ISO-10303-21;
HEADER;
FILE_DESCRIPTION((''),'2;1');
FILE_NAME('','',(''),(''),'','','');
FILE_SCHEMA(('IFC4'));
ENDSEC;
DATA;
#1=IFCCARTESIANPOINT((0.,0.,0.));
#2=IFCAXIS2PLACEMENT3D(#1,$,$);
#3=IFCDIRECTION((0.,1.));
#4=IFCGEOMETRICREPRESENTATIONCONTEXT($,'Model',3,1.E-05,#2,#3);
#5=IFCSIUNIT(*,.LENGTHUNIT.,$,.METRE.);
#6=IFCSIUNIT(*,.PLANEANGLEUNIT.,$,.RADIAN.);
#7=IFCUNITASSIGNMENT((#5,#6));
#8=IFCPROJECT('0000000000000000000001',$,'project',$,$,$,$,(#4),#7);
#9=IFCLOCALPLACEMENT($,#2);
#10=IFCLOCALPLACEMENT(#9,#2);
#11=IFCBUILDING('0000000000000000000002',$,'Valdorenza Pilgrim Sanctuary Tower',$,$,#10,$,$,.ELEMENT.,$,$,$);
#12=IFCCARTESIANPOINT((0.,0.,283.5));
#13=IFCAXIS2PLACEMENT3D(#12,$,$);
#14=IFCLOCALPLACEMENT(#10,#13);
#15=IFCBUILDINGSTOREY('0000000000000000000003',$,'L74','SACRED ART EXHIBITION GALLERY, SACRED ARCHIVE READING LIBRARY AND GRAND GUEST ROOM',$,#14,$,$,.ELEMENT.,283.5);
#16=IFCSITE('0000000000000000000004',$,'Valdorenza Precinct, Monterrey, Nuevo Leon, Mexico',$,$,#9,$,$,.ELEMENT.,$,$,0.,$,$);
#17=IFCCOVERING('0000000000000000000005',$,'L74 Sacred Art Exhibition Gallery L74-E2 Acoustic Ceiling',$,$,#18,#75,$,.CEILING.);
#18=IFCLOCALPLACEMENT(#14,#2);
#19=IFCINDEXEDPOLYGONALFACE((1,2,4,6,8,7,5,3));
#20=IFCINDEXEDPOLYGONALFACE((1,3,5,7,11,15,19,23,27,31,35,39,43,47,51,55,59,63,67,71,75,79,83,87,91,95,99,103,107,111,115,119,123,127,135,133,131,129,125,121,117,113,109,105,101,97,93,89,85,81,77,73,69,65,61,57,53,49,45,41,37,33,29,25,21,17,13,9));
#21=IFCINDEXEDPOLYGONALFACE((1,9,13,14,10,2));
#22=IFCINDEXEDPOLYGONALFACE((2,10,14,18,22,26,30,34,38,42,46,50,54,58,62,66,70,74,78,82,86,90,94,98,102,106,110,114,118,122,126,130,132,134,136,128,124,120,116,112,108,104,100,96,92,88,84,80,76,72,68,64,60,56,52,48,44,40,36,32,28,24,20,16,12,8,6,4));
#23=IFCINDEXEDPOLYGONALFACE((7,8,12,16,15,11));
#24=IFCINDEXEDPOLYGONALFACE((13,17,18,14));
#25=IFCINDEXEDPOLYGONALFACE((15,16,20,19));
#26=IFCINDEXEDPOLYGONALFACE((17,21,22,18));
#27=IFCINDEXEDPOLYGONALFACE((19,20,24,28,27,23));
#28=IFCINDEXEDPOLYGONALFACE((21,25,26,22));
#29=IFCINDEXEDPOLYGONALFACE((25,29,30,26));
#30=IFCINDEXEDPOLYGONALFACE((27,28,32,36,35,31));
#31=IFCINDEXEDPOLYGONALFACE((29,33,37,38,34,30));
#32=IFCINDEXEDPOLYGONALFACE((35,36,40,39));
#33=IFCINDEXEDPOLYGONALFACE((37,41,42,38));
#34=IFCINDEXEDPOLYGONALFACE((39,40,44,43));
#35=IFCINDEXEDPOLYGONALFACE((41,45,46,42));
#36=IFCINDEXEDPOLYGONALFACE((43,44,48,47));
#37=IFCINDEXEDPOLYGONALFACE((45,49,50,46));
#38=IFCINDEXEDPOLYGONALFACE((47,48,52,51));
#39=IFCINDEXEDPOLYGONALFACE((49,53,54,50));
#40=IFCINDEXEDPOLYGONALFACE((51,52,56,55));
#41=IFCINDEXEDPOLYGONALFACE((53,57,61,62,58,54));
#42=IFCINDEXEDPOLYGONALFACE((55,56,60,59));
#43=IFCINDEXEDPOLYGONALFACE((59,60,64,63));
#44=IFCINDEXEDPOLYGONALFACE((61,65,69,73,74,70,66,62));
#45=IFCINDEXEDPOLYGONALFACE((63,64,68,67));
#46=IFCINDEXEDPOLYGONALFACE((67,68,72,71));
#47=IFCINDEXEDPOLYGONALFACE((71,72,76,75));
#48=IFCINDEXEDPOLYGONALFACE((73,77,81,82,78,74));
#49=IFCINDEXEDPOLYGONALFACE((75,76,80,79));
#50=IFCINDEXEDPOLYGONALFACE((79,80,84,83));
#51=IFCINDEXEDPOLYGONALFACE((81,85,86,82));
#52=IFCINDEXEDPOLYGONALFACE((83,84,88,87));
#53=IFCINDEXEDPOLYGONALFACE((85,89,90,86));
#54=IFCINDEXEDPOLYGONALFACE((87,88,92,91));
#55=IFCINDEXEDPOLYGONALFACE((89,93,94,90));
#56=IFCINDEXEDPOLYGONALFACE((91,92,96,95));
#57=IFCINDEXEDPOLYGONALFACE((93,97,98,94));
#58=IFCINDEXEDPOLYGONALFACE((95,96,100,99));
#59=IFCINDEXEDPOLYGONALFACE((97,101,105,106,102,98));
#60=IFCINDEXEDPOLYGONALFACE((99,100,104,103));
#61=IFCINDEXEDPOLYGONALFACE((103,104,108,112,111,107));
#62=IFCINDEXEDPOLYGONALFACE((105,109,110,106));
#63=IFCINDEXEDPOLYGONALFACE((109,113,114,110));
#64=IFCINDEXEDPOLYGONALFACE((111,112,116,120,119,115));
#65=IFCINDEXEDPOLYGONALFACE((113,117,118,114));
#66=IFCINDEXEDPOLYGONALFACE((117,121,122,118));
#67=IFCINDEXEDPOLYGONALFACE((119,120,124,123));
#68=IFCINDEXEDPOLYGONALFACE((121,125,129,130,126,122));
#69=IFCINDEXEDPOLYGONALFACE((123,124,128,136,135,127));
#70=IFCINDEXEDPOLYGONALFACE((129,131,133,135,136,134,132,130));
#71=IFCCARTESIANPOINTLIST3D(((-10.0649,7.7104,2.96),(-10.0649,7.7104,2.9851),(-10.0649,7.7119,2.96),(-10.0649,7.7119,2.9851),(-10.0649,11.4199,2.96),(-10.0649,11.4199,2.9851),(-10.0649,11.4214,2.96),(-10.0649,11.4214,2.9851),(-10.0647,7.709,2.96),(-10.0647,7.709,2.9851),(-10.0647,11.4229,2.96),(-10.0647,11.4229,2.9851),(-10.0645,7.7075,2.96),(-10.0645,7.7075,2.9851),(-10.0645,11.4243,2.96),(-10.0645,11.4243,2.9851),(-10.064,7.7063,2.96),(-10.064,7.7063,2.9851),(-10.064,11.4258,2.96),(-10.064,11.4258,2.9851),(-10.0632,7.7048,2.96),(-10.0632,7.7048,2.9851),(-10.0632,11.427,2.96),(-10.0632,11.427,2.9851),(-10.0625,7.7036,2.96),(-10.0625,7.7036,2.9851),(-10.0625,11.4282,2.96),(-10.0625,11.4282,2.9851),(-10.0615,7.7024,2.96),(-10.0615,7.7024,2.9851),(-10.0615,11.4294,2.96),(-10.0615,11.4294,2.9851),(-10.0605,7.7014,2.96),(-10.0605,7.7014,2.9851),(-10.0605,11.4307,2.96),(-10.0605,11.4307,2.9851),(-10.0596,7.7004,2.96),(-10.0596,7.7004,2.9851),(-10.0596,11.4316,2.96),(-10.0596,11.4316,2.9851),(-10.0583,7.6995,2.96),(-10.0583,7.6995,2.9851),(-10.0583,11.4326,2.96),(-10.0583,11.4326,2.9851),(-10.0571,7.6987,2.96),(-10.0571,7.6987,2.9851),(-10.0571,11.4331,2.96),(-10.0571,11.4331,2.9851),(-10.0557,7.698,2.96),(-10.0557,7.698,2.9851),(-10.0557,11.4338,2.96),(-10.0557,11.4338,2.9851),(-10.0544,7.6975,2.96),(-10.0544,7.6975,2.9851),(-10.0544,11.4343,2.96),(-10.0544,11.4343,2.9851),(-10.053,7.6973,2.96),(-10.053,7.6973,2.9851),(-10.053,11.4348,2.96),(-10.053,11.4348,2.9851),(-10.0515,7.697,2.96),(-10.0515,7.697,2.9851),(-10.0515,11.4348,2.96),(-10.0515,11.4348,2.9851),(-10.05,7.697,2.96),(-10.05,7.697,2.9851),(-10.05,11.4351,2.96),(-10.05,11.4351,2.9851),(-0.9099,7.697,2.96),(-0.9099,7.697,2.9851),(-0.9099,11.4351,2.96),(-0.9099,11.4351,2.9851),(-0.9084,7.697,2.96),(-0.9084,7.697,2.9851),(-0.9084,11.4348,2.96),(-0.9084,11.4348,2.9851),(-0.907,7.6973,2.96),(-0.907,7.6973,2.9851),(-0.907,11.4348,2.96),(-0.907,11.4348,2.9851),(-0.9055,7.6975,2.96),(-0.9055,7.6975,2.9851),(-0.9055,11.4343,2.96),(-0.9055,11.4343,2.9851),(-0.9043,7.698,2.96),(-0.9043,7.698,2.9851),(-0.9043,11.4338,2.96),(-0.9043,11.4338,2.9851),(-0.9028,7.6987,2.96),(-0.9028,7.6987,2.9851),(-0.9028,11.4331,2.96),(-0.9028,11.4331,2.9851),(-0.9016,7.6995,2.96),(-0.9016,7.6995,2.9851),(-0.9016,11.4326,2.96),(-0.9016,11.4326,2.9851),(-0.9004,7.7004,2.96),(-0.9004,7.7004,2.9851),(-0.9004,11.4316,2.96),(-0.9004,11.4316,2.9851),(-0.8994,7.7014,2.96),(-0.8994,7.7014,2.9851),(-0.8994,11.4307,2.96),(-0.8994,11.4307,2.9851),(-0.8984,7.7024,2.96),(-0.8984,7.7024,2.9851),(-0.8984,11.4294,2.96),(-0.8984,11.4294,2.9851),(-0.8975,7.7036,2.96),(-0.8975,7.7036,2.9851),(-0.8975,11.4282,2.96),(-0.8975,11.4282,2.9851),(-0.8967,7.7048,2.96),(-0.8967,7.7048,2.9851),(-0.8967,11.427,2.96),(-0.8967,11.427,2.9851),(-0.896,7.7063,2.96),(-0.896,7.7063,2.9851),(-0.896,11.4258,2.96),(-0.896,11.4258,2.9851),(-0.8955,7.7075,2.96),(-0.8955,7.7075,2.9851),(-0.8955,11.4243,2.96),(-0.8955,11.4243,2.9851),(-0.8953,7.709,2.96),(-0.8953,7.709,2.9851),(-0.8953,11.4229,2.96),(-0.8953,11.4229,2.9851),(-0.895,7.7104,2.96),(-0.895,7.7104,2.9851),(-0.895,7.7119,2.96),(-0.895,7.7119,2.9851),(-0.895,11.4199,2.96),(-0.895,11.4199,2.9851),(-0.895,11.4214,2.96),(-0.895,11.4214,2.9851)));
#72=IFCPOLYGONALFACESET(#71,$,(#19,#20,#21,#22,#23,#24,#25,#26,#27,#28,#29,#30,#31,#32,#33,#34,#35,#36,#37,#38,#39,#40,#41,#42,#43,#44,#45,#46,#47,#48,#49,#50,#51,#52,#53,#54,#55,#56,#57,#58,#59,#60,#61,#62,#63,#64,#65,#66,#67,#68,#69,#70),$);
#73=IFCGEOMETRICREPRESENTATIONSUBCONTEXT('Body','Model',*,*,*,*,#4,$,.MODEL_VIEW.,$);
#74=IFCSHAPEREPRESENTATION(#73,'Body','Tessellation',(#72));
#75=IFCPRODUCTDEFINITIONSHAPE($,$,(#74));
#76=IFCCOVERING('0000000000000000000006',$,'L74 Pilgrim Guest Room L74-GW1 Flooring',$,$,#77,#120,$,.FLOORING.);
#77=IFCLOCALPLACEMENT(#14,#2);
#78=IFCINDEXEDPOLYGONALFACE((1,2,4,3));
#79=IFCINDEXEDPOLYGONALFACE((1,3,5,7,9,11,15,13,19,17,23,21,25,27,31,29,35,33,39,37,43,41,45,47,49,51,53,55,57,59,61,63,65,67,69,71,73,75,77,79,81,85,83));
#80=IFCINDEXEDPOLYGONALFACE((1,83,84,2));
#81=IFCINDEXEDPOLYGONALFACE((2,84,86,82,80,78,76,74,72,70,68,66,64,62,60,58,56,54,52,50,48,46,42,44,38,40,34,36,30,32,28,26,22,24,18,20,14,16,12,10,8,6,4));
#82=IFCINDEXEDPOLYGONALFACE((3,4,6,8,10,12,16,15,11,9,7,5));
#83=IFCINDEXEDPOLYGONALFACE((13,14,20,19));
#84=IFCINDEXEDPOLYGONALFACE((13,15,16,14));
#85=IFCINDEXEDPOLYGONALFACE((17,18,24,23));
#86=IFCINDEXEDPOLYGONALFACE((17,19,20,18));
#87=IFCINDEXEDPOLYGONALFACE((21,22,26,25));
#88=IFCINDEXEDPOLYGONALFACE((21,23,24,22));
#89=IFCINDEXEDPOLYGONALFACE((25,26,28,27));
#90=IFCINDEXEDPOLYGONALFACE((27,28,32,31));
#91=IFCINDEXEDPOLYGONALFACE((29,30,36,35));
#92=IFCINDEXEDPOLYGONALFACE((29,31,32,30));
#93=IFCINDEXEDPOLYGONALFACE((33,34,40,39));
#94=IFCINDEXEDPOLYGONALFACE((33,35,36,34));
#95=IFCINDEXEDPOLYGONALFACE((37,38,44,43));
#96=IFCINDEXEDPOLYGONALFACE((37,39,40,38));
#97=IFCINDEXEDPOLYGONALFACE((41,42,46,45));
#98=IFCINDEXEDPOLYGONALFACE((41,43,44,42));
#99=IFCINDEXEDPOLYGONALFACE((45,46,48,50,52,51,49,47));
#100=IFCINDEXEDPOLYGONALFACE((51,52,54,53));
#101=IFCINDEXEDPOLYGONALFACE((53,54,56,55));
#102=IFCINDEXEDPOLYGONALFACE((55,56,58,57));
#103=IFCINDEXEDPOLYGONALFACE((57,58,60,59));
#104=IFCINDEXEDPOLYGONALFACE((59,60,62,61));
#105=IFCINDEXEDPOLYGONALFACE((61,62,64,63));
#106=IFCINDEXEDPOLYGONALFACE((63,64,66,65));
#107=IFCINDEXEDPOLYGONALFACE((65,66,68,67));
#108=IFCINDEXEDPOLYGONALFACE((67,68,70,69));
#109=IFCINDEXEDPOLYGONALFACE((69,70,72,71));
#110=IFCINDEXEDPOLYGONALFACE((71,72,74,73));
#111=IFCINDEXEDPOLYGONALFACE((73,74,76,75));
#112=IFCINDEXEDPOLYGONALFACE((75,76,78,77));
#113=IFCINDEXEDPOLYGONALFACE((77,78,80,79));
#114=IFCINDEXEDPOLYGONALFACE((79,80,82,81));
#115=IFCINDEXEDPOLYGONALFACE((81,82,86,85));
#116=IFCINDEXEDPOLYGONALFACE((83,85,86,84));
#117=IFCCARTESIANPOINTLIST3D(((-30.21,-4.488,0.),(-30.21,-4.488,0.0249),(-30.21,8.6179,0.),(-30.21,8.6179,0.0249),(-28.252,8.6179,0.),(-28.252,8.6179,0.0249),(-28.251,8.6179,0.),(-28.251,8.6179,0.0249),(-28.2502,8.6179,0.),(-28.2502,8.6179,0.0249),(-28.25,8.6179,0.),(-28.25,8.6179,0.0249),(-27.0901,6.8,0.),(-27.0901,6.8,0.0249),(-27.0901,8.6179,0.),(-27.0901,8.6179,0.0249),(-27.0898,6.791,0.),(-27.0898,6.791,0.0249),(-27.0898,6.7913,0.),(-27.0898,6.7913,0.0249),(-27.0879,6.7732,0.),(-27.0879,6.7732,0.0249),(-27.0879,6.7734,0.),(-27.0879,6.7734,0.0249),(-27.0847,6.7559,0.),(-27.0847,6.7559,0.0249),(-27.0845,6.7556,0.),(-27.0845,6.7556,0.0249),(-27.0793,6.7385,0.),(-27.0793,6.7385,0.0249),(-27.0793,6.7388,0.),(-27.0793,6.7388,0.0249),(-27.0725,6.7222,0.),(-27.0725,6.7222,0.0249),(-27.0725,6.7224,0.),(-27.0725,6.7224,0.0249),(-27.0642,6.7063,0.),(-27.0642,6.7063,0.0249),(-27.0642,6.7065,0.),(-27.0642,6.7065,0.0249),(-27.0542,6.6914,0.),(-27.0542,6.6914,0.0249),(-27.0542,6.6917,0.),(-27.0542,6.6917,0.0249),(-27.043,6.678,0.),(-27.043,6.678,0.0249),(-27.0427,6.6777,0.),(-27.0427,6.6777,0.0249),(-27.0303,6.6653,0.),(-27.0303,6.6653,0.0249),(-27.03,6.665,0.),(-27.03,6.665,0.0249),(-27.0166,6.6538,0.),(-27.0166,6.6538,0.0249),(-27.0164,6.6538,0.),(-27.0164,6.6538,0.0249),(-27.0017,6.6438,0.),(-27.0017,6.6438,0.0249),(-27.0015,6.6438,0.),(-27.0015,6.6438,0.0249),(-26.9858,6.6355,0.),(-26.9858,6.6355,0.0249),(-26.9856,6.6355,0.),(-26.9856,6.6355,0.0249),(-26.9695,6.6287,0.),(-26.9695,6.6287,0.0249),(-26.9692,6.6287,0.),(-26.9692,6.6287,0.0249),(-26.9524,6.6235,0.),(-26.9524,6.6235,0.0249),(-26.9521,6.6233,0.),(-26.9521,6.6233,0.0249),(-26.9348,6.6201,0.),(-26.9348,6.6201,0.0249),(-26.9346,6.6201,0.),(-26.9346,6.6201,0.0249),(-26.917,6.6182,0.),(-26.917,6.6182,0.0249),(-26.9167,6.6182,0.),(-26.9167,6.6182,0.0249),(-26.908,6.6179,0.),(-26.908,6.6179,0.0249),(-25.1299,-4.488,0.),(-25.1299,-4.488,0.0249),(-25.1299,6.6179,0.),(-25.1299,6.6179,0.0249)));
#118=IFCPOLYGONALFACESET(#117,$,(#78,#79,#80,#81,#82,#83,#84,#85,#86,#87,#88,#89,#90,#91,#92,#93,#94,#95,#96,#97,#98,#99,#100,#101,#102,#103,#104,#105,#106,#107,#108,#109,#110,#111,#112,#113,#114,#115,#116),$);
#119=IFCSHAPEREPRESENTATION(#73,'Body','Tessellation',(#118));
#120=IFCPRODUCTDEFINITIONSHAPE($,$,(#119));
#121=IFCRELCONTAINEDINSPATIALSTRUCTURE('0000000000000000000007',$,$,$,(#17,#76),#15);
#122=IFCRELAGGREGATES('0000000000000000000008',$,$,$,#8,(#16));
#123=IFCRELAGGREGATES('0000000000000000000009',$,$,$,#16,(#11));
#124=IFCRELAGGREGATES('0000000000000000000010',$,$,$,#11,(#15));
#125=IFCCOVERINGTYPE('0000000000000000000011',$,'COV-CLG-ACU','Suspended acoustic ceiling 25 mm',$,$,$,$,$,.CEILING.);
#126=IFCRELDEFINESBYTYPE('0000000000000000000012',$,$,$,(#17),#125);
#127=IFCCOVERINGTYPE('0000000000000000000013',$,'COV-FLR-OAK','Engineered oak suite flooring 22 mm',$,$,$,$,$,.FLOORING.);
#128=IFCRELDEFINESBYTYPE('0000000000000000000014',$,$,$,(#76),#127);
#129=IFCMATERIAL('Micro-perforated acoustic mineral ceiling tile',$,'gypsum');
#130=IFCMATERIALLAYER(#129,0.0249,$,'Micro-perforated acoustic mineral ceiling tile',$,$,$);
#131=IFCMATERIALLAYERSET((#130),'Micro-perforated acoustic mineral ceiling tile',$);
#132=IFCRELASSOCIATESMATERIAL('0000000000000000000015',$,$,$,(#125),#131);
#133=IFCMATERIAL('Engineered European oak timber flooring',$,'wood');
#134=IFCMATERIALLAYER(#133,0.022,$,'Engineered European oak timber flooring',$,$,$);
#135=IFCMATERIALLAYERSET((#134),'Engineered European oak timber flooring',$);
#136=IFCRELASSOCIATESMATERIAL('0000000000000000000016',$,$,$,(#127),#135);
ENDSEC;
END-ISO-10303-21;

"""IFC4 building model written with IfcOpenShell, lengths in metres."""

from ifc_helpers import new_model, si_unit, direction, frame, origin, place, context, subcontext, project, spatial, polyline, outline, extrude, material, layer, layer_set, type_object, element, save


model = new_model("IFC4")

# Units and contexts
model_context = context("Model", 3, precision=1e-05, world=origin(), true_north=direction((0.0, 1.0)))
body_context = subcontext(model_context, "Body", "Model", "MODEL_VIEW")
ifc_project = project(units=[si_unit("LENGTHUNIT", "METRE"), si_unit("PLANEANGLEUNIT", "RADIAN")], contexts=[model_context])

# Site, building, storey
site_placement = place(None, origin())
site = spatial("IfcSite", under=ifc_project, at=site_placement, Name="Valdorenza Precinct, Monterrey, Nuevo Leon, Mexico", CompositionType="ELEMENT", RefElevation=0.0)
building_placement = place(site_placement, origin())
building = spatial("IfcBuilding", under=site, at=building_placement, Name="Valdorenza Pilgrim Sanctuary Tower", CompositionType="ELEMENT")
storey_placement = place(building_placement, frame((0.0, 0.0, 283.5)))
storey = spatial("IfcBuildingStorey", under=building, at=storey_placement, Name="L74", Description="SACRED ART EXHIBITION GALLERY, SACRED ARCHIVE READING LIBRARY AND GRAND GUEST ROOM", CompositionType="ELEMENT", Elevation=283.5)

# Coverings
ifc_material_1 = material(Name="Micro-perforated acoustic mineral ceiling tile", Category="gypsum")
ifc_layer_1 = layer(ifc_material_1, 0.0249, Name="Micro-perforated acoustic mineral ceiling tile")
ifc_layer_set_1 = layer_set([ifc_layer_1], Name="Micro-perforated acoustic mineral ceiling tile")
covering_type_1 = type_object("IfcCoveringType", Name="COV-CLG-ACU", Description="Suspended acoustic ceiling 25 mm", PredefinedType="CEILING", material=ifc_layer_set_1)
covering_1_placement = place(storey_placement, frame((0.0, 0.0, 2.96)))
element("IfcCovering", 1, at=covering_1_placement, inside=storey, type_object=covering_type_1, Name="L74 Sacred Art Exhibition Gallery L74-E2 Acoustic Ceiling", PredefinedType="CEILING", context=body_context, shape_type="SweptSolid", body=[
    extrude(outline(polyline([(-10.0649, 11.4199), (-10.0649, 11.4214), (-10.0647, 11.4229), (-10.0645, 11.4243), (-10.064, 11.4258), (-10.0632, 11.427), (-10.0625, 11.4282), (-10.0615, 11.4294), (-10.0605, 11.4307), (-10.0596, 11.4316), (-10.0583, 11.4326), (-10.0571, 11.4331), (-10.0557, 11.4338), (-10.0544, 11.4343), (-10.053, 11.4348), (-10.0515, 11.4348), (-10.05, 11.4351), (-0.9099, 11.4351), (-0.9084, 11.4348), (-0.907, 11.4348), (-0.9055, 11.4343), (-0.9043, 11.4338), (-0.9028, 11.4331), (-0.9016, 11.4326), (-0.9004, 11.4316), (-0.8994, 11.4307), (-0.8984, 11.4294), (-0.8975, 11.4282), (-0.8967, 11.427), (-0.896, 11.4258), (-0.8955, 11.4243), (-0.8953, 11.4229), (-0.895, 11.4214), (-0.895, 11.4199), (-0.895, 7.7119), (-0.895, 7.7104), (-0.8953, 7.709), (-0.8955, 7.7075), (-0.896, 7.7063), (-0.8967, 7.7048), (-0.8975, 7.7036), (-0.8984, 7.7024), (-0.8994, 7.7014), (-0.9004, 7.7004), (-0.9016, 7.6995), (-0.9028, 7.6987), (-0.9043, 7.698), (-0.9055, 7.6975), (-0.907, 7.6973), (-0.9084, 7.697), (-0.9099, 7.697), (-10.05, 7.697), (-10.0515, 7.697), (-10.053, 7.6973), (-10.0544, 7.6975), (-10.0557, 7.698), (-10.0571, 7.6987), (-10.0583, 7.6995), (-10.0596, 7.7004), (-10.0605, 7.7014), (-10.0615, 7.7024), (-10.0625, 7.7036), (-10.0632, 7.7048), (-10.064, 7.7063), (-10.0645, 7.7075), (-10.0647, 7.709), (-10.0649, 7.7104), (-10.0649, 7.7119), (-10.0649, 11.4199)])), origin(), (0.0, 0.0, 1.0), 0.0251),
])
ifc_material_2 = material(Name="Engineered European oak timber flooring", Category="wood")
ifc_layer_2 = layer(ifc_material_2, 0.022, Name="Engineered European oak timber flooring")
ifc_layer_set_2 = layer_set([ifc_layer_2], Name="Engineered European oak timber flooring")
covering_type_2 = type_object("IfcCoveringType", Name="COV-FLR-OAK", Description="Engineered oak suite flooring 22 mm", PredefinedType="FLOORING", material=ifc_layer_set_2)
covering_2_placement = place(storey_placement, origin())
element("IfcCovering", 2, at=covering_2_placement, inside=storey, type_object=covering_type_2, Name="L74 Pilgrim Guest Room L74-GW1 Flooring", PredefinedType="FLOORING", context=body_context, shape_type="SweptSolid", body=[
    extrude(outline(polyline([(-30.21, 8.6179), (-28.252, 8.6179), (-28.251, 8.6179), (-28.2502, 8.6179), (-28.25, 8.6179), (-27.0901, 8.6179), (-27.0901, 6.8), (-27.0898, 6.7913), (-27.0898, 6.791), (-27.0879, 6.7734), (-27.0879, 6.7732), (-27.0847, 6.7559), (-27.0845, 6.7556), (-27.0793, 6.7388), (-27.0793, 6.7385), (-27.0725, 6.7224), (-27.0725, 6.7222), (-27.0642, 6.7065), (-27.0642, 6.7063), (-27.0542, 6.6917), (-27.0542, 6.6914), (-27.043, 6.678), (-27.0427, 6.6777), (-27.0303, 6.6653), (-27.03, 6.665), (-27.0166, 6.6538), (-27.0164, 6.6538), (-27.0017, 6.6438), (-27.0015, 6.6438), (-26.9858, 6.6355), (-26.9856, 6.6355), (-26.9695, 6.6287), (-26.9692, 6.6287), (-26.9524, 6.6235), (-26.9521, 6.6233), (-26.9348, 6.6201), (-26.9346, 6.6201), (-26.917, 6.6182), (-26.9167, 6.6182), (-26.908, 6.6179), (-25.1299, 6.6179), (-25.1299, -4.488), (-30.21, -4.488), (-30.21, 8.6179)])), origin(), (0.0, 0.0, 1.0), 0.0249),
])

save(model, "model.ifc")
